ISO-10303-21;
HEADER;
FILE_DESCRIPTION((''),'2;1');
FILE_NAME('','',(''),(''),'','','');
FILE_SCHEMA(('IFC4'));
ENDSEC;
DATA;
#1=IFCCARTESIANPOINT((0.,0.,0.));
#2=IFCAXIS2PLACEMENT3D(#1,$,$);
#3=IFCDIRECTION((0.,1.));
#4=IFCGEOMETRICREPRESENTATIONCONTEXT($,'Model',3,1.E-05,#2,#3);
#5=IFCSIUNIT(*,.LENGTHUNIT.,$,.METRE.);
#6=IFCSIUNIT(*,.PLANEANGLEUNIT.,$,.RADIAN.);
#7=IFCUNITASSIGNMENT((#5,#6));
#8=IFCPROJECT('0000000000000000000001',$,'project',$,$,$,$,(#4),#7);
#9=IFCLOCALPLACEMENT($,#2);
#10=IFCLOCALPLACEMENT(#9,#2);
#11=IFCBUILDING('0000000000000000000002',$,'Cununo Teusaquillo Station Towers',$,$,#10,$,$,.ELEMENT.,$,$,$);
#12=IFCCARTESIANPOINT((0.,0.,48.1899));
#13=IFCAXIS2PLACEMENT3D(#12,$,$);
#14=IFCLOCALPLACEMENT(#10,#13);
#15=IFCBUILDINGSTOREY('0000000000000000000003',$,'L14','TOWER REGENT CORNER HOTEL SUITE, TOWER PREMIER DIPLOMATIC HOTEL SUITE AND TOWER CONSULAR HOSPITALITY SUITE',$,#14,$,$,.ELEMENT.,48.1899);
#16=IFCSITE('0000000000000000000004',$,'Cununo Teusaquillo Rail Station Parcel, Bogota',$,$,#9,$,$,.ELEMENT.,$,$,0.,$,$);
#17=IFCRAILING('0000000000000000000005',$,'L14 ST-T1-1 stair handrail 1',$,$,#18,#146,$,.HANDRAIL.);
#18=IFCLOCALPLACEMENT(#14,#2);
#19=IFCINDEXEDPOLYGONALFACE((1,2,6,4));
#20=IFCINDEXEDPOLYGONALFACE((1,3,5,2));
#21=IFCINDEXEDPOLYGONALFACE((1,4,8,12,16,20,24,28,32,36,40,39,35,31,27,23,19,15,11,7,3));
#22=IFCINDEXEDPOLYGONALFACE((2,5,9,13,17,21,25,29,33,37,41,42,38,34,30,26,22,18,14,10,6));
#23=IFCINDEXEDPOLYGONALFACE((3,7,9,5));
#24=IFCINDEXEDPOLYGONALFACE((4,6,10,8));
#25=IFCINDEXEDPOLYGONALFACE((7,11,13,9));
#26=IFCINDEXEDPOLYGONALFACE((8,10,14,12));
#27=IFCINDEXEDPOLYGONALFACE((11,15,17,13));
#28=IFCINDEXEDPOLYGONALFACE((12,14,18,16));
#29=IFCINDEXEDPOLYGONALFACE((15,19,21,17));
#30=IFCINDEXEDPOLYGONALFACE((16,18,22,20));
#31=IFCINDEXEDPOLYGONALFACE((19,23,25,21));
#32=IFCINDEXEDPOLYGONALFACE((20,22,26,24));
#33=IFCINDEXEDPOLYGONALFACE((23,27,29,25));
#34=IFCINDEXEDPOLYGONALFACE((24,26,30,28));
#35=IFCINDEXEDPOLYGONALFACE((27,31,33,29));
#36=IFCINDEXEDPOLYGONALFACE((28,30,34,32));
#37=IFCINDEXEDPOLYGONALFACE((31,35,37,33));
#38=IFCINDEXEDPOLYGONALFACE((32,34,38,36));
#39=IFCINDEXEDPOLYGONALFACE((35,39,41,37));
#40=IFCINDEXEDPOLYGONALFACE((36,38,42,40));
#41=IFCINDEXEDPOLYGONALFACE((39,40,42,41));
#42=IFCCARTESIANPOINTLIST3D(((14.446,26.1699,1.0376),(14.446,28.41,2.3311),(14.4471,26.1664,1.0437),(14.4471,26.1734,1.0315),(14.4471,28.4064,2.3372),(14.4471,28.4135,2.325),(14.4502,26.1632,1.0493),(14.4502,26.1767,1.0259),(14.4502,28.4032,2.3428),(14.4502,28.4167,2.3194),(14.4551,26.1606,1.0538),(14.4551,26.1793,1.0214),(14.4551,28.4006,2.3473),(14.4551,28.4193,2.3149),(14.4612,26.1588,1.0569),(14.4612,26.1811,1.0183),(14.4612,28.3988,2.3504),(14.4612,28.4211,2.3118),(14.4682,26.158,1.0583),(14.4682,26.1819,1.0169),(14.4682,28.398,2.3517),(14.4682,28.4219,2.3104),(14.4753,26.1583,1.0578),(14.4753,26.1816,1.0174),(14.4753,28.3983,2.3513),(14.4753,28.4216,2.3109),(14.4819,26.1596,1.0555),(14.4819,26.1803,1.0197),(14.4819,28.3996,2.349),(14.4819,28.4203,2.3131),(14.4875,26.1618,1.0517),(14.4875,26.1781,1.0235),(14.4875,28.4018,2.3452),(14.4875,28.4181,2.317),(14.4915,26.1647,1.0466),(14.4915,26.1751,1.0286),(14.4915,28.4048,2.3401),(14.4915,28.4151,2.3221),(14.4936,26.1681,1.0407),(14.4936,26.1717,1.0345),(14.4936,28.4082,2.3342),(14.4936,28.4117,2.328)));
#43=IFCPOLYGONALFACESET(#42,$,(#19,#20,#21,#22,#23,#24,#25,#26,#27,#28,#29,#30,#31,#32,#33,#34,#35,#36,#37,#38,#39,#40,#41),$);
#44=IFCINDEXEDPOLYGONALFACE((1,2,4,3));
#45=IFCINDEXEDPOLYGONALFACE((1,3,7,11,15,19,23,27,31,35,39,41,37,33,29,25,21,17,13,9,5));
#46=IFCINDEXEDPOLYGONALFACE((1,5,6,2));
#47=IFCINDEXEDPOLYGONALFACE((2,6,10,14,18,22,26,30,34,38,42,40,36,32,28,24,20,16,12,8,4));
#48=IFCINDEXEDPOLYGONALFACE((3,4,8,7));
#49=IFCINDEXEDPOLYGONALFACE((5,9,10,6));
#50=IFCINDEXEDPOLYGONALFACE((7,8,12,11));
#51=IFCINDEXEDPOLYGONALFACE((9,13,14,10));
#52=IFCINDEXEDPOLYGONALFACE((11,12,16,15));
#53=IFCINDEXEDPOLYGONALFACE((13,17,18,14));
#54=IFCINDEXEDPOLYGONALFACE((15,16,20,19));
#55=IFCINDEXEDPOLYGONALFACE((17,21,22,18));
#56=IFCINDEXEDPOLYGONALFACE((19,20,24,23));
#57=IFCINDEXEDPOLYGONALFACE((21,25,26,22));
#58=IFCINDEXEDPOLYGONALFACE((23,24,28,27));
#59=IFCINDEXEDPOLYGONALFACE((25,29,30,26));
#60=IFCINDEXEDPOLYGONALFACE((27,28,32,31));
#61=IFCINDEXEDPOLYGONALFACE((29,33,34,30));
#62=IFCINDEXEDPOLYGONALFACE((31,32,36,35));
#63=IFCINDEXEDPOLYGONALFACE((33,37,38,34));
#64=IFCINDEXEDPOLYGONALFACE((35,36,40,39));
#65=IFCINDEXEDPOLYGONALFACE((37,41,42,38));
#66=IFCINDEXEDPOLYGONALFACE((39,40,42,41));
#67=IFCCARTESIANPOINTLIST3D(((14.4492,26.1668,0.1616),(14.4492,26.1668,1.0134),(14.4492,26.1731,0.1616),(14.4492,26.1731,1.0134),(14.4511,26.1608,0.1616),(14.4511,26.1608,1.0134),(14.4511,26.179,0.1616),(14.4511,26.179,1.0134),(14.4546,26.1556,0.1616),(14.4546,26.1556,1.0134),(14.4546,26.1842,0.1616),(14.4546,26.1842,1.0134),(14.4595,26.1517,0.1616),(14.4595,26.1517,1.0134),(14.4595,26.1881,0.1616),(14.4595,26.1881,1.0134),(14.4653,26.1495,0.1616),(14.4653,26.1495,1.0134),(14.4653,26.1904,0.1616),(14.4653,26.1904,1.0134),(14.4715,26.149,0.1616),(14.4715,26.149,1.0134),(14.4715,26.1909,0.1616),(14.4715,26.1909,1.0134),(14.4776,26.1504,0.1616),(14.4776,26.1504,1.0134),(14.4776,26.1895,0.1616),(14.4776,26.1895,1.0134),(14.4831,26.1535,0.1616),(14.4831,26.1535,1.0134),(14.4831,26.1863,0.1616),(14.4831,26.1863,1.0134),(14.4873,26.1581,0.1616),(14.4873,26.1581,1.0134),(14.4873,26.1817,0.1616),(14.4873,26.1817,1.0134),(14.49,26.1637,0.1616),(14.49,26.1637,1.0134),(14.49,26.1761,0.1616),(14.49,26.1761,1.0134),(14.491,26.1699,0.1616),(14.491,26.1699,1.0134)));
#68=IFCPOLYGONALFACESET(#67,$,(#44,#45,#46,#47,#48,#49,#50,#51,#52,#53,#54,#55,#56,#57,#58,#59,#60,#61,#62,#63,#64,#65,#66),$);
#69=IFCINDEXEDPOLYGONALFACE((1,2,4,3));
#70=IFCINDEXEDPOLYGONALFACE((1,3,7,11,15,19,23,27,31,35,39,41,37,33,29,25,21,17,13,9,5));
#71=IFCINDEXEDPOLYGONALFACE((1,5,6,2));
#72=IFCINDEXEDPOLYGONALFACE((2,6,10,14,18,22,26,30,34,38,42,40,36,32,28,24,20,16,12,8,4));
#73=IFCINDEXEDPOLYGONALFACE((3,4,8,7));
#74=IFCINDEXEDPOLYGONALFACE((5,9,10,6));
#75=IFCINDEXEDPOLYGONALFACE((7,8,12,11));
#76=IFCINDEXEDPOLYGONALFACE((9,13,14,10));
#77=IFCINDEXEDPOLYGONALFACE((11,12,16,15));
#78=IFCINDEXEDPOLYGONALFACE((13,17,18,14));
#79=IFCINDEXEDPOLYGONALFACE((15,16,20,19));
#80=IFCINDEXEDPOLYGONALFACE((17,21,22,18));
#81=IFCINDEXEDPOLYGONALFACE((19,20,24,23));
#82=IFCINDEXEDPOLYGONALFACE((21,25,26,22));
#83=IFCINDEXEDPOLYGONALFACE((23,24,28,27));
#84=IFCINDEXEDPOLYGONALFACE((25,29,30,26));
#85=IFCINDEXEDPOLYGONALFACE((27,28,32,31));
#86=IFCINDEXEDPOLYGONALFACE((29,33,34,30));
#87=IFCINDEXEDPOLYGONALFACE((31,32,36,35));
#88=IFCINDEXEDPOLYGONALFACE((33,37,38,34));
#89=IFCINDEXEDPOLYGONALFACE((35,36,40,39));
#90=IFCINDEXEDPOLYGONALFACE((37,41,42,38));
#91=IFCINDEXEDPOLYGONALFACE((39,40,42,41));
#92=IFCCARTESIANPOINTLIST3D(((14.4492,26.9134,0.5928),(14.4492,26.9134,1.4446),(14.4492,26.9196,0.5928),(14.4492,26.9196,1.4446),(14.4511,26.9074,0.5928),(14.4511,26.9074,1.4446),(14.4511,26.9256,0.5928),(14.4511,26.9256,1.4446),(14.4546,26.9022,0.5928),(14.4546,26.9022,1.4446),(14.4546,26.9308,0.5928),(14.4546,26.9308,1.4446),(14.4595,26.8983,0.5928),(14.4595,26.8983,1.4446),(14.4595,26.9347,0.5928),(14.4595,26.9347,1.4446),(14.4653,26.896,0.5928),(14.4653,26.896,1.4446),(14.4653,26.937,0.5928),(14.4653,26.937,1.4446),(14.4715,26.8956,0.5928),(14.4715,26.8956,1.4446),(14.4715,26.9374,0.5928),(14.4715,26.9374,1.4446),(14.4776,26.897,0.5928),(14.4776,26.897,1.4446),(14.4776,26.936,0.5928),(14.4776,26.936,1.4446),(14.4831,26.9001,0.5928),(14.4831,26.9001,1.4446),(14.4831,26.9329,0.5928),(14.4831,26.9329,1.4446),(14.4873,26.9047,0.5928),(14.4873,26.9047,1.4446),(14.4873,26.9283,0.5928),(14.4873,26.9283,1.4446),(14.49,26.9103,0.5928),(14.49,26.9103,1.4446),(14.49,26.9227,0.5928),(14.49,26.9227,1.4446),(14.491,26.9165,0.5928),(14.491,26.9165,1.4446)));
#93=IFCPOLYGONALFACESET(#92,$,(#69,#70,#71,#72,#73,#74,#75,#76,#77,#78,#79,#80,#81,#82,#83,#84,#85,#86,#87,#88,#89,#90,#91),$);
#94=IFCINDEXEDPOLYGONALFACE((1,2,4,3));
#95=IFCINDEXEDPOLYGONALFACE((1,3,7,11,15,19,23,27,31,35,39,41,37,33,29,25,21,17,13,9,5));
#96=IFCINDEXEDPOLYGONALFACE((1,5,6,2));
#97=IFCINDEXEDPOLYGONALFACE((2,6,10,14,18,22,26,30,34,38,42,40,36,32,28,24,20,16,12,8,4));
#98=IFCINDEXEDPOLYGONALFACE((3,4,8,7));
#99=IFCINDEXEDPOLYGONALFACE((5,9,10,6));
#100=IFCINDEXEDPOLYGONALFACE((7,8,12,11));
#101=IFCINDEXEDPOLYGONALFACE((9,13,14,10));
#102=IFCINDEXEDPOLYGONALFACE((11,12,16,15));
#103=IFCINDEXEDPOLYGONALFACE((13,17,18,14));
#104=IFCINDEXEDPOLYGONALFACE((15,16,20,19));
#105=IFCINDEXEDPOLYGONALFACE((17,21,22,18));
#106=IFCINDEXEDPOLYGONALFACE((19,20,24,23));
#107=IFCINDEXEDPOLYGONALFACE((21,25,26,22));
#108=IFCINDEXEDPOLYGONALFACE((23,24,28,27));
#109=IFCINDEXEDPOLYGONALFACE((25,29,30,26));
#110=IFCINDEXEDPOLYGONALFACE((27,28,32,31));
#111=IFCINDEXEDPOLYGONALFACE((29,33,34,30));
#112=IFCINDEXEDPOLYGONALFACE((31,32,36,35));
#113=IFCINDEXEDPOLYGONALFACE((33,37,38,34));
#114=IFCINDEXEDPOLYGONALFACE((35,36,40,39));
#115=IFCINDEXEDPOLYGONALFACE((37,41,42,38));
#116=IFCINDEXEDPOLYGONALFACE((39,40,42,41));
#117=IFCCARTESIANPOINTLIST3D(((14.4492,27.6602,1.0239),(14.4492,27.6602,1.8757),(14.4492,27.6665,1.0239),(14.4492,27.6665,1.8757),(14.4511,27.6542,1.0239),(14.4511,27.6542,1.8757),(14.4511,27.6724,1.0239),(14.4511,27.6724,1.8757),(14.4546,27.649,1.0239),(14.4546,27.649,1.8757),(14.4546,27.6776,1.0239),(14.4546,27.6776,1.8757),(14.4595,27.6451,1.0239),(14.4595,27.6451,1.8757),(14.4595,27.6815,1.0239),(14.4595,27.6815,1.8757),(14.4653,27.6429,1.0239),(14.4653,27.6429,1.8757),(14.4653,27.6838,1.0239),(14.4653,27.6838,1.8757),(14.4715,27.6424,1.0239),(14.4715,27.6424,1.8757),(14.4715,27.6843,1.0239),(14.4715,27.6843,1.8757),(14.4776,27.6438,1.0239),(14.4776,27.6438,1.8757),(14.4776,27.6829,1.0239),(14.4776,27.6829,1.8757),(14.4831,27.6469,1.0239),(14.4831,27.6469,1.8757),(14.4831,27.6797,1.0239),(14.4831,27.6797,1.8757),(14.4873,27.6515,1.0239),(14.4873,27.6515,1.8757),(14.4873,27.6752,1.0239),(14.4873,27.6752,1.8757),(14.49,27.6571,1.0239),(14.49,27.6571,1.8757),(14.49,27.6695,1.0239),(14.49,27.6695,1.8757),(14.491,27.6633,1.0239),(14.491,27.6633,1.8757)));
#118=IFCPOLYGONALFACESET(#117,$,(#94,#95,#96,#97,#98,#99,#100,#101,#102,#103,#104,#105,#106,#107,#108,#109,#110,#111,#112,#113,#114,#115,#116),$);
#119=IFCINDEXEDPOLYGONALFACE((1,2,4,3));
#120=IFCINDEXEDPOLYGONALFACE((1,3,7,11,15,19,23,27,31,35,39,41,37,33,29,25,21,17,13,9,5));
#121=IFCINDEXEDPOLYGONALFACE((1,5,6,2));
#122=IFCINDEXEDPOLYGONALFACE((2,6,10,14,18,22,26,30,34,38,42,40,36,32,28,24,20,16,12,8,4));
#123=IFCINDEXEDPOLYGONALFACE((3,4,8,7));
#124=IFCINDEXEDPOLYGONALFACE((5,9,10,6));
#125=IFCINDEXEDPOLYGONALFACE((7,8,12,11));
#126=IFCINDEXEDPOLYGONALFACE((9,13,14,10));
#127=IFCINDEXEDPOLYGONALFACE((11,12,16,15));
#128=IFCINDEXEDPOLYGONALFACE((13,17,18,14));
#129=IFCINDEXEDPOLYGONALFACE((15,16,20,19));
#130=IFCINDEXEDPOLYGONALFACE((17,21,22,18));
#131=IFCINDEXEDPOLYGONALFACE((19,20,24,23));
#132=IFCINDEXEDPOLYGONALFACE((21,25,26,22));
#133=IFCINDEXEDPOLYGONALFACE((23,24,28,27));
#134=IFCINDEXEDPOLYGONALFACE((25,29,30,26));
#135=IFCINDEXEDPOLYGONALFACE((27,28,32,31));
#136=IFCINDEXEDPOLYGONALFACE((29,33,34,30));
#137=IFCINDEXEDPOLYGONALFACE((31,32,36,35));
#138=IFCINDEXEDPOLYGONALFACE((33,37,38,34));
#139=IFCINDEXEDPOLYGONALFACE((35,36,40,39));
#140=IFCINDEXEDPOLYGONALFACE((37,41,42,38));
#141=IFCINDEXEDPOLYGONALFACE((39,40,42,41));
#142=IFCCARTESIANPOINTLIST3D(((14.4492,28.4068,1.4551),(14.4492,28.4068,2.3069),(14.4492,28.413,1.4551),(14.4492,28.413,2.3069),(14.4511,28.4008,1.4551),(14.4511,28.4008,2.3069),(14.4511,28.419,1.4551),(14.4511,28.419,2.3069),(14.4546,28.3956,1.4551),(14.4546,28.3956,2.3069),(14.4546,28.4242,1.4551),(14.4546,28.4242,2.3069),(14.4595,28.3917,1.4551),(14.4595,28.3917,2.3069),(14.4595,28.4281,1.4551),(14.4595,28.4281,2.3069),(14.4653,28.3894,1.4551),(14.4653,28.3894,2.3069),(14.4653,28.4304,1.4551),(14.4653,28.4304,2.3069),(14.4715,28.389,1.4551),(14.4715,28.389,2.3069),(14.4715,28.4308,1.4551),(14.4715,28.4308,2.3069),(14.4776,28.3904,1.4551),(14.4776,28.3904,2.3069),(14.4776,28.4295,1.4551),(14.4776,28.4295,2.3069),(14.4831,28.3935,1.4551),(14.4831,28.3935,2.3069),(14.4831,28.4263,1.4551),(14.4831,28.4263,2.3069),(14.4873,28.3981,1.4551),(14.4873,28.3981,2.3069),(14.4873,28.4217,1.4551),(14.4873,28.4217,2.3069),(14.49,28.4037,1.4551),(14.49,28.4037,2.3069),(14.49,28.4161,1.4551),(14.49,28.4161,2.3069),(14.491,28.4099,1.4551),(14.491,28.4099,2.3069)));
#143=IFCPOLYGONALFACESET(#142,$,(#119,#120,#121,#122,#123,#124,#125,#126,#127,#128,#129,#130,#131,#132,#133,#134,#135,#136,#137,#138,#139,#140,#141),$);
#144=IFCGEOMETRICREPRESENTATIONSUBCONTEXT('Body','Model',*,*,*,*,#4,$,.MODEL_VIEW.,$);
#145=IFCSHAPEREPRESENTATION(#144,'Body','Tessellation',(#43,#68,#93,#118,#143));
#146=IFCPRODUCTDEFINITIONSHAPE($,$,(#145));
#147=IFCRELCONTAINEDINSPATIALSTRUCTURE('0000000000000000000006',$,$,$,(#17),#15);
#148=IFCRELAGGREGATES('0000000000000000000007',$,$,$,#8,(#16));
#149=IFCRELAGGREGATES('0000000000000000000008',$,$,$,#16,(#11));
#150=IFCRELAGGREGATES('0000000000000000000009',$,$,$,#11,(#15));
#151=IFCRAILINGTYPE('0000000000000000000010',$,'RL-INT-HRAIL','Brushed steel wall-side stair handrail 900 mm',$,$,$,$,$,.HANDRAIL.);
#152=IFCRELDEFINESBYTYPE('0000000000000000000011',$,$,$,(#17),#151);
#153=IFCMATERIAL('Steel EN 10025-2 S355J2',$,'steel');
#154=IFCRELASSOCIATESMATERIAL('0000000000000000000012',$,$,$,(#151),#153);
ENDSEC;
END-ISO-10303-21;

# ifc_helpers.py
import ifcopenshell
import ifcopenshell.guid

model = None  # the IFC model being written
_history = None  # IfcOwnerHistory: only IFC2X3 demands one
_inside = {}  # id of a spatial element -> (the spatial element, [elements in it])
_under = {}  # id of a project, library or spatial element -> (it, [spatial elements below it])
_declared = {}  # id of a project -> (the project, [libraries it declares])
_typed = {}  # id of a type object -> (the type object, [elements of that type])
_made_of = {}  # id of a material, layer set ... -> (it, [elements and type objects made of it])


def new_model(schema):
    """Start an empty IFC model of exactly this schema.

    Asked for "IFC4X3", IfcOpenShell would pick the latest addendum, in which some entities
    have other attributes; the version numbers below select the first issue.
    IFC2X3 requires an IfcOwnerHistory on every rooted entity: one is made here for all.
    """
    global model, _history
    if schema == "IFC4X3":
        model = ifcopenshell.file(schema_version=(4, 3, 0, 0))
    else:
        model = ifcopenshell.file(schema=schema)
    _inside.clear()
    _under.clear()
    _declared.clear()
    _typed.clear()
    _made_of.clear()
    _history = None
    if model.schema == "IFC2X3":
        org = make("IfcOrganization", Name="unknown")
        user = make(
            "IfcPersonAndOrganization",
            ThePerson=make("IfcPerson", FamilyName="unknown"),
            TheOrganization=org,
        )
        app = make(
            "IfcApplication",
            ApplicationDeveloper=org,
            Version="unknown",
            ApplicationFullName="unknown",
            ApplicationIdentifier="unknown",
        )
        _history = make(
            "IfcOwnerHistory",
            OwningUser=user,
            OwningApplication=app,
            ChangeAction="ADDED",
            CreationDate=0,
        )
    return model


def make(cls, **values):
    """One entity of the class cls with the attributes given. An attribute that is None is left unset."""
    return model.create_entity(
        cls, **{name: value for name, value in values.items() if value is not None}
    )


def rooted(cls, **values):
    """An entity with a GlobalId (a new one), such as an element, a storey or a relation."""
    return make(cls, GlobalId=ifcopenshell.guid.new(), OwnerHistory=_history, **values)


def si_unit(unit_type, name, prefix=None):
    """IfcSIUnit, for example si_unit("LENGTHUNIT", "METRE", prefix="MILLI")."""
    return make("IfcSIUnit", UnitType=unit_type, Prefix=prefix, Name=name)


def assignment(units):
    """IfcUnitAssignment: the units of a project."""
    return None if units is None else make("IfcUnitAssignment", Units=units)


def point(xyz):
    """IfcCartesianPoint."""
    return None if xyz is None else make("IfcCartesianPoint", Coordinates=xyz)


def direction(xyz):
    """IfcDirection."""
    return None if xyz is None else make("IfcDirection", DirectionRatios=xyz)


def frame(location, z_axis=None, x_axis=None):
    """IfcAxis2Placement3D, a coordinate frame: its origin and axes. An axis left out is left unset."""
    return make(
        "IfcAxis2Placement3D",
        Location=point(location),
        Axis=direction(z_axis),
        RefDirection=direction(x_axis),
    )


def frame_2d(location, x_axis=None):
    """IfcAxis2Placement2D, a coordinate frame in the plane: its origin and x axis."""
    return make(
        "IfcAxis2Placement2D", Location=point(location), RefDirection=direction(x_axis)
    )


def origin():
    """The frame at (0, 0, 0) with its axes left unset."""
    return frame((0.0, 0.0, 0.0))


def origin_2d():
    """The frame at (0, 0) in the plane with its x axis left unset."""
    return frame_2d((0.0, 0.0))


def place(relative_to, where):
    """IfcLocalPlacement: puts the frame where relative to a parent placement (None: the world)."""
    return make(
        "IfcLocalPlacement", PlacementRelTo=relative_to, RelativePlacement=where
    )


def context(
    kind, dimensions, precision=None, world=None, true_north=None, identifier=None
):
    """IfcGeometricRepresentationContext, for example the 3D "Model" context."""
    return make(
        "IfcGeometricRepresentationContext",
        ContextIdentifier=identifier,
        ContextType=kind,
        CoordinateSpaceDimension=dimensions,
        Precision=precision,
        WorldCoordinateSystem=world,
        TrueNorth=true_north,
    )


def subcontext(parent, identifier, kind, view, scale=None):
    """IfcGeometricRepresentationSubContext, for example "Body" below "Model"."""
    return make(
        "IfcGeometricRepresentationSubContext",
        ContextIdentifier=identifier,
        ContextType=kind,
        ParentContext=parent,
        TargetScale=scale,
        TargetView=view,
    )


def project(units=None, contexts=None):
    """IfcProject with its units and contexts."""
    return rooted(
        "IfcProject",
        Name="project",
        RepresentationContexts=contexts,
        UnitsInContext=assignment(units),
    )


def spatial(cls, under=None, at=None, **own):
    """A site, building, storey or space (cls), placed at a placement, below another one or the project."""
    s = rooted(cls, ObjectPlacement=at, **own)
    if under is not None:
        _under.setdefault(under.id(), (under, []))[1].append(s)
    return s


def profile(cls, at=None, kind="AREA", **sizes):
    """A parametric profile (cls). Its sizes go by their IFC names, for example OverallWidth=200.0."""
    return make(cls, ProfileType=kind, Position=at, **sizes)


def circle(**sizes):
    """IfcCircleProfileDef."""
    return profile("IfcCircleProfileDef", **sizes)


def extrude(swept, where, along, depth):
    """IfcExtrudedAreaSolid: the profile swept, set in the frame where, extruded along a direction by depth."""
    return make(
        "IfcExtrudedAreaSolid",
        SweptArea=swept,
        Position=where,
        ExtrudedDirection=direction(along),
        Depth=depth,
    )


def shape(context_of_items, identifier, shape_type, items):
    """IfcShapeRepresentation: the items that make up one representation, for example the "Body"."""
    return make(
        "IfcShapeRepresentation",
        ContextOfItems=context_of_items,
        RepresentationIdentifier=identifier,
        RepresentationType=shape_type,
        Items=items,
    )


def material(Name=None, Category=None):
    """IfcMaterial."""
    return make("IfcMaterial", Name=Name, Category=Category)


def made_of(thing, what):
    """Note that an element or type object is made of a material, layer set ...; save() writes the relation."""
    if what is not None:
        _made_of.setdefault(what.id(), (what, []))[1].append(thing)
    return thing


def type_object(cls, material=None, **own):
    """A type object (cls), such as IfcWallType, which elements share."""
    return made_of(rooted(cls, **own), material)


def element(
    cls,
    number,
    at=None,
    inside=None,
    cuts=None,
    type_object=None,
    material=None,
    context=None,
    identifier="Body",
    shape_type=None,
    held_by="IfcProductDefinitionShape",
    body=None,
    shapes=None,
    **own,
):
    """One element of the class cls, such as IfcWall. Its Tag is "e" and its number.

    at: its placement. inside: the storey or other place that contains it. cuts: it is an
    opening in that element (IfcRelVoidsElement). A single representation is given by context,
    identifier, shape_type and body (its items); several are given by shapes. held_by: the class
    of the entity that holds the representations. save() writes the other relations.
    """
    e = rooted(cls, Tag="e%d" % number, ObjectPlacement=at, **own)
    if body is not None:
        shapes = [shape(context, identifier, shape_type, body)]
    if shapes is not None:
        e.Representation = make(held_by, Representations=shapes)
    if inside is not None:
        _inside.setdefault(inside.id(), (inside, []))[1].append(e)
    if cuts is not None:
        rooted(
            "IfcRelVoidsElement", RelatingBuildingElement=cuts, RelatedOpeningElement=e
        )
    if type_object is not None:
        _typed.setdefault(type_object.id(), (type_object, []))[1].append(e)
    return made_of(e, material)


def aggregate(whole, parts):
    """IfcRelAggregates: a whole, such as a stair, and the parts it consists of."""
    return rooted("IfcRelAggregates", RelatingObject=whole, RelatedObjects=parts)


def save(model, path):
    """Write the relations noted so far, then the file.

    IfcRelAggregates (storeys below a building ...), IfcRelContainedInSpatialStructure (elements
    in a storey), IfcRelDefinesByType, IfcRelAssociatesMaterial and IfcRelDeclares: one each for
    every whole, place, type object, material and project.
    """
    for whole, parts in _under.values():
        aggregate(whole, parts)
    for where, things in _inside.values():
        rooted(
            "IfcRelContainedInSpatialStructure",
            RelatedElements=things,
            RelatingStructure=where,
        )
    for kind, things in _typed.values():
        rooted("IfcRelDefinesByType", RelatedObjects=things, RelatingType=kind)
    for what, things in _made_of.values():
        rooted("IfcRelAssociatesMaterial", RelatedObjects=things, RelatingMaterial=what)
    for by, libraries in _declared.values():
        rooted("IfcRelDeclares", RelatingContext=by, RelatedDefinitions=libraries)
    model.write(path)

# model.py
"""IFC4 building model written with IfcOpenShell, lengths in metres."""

from ifc_helpers import new_model, si_unit, direction, frame, origin, origin_2d, place, context, subcontext, project, spatial, circle, extrude, material, type_object, element, save


model = new_model("IFC4")

# Units and contexts
model_context = context("Model", 3, precision=1e-05, world=origin(), true_north=direction((0.0, 1.0)))
body_context = subcontext(model_context, "Body", "Model", "MODEL_VIEW")
ifc_project = project(units=[si_unit("LENGTHUNIT", "METRE"), si_unit("PLANEANGLEUNIT", "RADIAN")], contexts=[model_context])

# Site, building, storey
site_placement = place(None, origin())
site = spatial("IfcSite", under=ifc_project, at=site_placement, Name="Cununo Teusaquillo Rail Station Parcel, Bogota", CompositionType="ELEMENT", RefElevation=0.0)
building_placement = place(site_placement, origin())
building = spatial("IfcBuilding", under=site, at=building_placement, Name="Cununo Teusaquillo Station Towers", CompositionType="ELEMENT")
storey_placement = place(building_placement, frame((0.0, 0.0, 48.1899)))
storey = spatial("IfcBuildingStorey", under=building, at=storey_placement, Name="L14", Description="TOWER REGENT CORNER HOTEL SUITE, TOWER PREMIER DIPLOMATIC HOTEL SUITE AND TOWER CONSULAR HOSPITALITY SUITE", CompositionType="ELEMENT", Elevation=48.1899)

# Railing
ifc_material_1 = material(Name="Steel EN 10025-2 S355J2", Category="steel")
railing_type_1 = type_object("IfcRailingType", Name="RL-INT-HRAIL", Description="Brushed steel wall-side stair handrail 900 mm", PredefinedType="HANDRAIL", material=ifc_material_1)
railing_1_placement = place(storey_placement, frame((14.47, 26.1699, 0.1616)))
element("IfcRailing", 1, at=railing_1_placement, inside=storey, type_object=railing_type_1, Name="L14 ST-T1-1 stair handrail 1", PredefinedType="HANDRAIL", context=body_context, shape_type="SweptSolid", body=[
    extrude(circle(Radius=0.0239, at=origin_2d()), frame((0.0, 0.0, 0.876), z_axis=(0.0, 0.865992, 0.500057), x_axis=(-1.0, 0.0, 0.0)), (0.0, 0.0, 1.0), 2.5867),
    extrude(circle(Radius=0.021, at=origin_2d()), origin(), (0.0, 0.0, 1.0), 0.8518),
    extrude(circle(Radius=0.021, at=origin_2d()), frame((0.0, 0.7466, 0.4312)), (0.0, 0.0, 1.0), 0.8518),
    extrude(circle(Radius=0.021, at=origin_2d()), frame((0.0, 1.4934, 0.8623)), (0.0, 0.0, 1.0), 0.8518),
    extrude(circle(Radius=0.021, at=origin_2d()), frame((0.0, 2.24, 1.2935)), (0.0, 0.0, 1.0), 0.8518),
])

save(model, "model.ifc")
